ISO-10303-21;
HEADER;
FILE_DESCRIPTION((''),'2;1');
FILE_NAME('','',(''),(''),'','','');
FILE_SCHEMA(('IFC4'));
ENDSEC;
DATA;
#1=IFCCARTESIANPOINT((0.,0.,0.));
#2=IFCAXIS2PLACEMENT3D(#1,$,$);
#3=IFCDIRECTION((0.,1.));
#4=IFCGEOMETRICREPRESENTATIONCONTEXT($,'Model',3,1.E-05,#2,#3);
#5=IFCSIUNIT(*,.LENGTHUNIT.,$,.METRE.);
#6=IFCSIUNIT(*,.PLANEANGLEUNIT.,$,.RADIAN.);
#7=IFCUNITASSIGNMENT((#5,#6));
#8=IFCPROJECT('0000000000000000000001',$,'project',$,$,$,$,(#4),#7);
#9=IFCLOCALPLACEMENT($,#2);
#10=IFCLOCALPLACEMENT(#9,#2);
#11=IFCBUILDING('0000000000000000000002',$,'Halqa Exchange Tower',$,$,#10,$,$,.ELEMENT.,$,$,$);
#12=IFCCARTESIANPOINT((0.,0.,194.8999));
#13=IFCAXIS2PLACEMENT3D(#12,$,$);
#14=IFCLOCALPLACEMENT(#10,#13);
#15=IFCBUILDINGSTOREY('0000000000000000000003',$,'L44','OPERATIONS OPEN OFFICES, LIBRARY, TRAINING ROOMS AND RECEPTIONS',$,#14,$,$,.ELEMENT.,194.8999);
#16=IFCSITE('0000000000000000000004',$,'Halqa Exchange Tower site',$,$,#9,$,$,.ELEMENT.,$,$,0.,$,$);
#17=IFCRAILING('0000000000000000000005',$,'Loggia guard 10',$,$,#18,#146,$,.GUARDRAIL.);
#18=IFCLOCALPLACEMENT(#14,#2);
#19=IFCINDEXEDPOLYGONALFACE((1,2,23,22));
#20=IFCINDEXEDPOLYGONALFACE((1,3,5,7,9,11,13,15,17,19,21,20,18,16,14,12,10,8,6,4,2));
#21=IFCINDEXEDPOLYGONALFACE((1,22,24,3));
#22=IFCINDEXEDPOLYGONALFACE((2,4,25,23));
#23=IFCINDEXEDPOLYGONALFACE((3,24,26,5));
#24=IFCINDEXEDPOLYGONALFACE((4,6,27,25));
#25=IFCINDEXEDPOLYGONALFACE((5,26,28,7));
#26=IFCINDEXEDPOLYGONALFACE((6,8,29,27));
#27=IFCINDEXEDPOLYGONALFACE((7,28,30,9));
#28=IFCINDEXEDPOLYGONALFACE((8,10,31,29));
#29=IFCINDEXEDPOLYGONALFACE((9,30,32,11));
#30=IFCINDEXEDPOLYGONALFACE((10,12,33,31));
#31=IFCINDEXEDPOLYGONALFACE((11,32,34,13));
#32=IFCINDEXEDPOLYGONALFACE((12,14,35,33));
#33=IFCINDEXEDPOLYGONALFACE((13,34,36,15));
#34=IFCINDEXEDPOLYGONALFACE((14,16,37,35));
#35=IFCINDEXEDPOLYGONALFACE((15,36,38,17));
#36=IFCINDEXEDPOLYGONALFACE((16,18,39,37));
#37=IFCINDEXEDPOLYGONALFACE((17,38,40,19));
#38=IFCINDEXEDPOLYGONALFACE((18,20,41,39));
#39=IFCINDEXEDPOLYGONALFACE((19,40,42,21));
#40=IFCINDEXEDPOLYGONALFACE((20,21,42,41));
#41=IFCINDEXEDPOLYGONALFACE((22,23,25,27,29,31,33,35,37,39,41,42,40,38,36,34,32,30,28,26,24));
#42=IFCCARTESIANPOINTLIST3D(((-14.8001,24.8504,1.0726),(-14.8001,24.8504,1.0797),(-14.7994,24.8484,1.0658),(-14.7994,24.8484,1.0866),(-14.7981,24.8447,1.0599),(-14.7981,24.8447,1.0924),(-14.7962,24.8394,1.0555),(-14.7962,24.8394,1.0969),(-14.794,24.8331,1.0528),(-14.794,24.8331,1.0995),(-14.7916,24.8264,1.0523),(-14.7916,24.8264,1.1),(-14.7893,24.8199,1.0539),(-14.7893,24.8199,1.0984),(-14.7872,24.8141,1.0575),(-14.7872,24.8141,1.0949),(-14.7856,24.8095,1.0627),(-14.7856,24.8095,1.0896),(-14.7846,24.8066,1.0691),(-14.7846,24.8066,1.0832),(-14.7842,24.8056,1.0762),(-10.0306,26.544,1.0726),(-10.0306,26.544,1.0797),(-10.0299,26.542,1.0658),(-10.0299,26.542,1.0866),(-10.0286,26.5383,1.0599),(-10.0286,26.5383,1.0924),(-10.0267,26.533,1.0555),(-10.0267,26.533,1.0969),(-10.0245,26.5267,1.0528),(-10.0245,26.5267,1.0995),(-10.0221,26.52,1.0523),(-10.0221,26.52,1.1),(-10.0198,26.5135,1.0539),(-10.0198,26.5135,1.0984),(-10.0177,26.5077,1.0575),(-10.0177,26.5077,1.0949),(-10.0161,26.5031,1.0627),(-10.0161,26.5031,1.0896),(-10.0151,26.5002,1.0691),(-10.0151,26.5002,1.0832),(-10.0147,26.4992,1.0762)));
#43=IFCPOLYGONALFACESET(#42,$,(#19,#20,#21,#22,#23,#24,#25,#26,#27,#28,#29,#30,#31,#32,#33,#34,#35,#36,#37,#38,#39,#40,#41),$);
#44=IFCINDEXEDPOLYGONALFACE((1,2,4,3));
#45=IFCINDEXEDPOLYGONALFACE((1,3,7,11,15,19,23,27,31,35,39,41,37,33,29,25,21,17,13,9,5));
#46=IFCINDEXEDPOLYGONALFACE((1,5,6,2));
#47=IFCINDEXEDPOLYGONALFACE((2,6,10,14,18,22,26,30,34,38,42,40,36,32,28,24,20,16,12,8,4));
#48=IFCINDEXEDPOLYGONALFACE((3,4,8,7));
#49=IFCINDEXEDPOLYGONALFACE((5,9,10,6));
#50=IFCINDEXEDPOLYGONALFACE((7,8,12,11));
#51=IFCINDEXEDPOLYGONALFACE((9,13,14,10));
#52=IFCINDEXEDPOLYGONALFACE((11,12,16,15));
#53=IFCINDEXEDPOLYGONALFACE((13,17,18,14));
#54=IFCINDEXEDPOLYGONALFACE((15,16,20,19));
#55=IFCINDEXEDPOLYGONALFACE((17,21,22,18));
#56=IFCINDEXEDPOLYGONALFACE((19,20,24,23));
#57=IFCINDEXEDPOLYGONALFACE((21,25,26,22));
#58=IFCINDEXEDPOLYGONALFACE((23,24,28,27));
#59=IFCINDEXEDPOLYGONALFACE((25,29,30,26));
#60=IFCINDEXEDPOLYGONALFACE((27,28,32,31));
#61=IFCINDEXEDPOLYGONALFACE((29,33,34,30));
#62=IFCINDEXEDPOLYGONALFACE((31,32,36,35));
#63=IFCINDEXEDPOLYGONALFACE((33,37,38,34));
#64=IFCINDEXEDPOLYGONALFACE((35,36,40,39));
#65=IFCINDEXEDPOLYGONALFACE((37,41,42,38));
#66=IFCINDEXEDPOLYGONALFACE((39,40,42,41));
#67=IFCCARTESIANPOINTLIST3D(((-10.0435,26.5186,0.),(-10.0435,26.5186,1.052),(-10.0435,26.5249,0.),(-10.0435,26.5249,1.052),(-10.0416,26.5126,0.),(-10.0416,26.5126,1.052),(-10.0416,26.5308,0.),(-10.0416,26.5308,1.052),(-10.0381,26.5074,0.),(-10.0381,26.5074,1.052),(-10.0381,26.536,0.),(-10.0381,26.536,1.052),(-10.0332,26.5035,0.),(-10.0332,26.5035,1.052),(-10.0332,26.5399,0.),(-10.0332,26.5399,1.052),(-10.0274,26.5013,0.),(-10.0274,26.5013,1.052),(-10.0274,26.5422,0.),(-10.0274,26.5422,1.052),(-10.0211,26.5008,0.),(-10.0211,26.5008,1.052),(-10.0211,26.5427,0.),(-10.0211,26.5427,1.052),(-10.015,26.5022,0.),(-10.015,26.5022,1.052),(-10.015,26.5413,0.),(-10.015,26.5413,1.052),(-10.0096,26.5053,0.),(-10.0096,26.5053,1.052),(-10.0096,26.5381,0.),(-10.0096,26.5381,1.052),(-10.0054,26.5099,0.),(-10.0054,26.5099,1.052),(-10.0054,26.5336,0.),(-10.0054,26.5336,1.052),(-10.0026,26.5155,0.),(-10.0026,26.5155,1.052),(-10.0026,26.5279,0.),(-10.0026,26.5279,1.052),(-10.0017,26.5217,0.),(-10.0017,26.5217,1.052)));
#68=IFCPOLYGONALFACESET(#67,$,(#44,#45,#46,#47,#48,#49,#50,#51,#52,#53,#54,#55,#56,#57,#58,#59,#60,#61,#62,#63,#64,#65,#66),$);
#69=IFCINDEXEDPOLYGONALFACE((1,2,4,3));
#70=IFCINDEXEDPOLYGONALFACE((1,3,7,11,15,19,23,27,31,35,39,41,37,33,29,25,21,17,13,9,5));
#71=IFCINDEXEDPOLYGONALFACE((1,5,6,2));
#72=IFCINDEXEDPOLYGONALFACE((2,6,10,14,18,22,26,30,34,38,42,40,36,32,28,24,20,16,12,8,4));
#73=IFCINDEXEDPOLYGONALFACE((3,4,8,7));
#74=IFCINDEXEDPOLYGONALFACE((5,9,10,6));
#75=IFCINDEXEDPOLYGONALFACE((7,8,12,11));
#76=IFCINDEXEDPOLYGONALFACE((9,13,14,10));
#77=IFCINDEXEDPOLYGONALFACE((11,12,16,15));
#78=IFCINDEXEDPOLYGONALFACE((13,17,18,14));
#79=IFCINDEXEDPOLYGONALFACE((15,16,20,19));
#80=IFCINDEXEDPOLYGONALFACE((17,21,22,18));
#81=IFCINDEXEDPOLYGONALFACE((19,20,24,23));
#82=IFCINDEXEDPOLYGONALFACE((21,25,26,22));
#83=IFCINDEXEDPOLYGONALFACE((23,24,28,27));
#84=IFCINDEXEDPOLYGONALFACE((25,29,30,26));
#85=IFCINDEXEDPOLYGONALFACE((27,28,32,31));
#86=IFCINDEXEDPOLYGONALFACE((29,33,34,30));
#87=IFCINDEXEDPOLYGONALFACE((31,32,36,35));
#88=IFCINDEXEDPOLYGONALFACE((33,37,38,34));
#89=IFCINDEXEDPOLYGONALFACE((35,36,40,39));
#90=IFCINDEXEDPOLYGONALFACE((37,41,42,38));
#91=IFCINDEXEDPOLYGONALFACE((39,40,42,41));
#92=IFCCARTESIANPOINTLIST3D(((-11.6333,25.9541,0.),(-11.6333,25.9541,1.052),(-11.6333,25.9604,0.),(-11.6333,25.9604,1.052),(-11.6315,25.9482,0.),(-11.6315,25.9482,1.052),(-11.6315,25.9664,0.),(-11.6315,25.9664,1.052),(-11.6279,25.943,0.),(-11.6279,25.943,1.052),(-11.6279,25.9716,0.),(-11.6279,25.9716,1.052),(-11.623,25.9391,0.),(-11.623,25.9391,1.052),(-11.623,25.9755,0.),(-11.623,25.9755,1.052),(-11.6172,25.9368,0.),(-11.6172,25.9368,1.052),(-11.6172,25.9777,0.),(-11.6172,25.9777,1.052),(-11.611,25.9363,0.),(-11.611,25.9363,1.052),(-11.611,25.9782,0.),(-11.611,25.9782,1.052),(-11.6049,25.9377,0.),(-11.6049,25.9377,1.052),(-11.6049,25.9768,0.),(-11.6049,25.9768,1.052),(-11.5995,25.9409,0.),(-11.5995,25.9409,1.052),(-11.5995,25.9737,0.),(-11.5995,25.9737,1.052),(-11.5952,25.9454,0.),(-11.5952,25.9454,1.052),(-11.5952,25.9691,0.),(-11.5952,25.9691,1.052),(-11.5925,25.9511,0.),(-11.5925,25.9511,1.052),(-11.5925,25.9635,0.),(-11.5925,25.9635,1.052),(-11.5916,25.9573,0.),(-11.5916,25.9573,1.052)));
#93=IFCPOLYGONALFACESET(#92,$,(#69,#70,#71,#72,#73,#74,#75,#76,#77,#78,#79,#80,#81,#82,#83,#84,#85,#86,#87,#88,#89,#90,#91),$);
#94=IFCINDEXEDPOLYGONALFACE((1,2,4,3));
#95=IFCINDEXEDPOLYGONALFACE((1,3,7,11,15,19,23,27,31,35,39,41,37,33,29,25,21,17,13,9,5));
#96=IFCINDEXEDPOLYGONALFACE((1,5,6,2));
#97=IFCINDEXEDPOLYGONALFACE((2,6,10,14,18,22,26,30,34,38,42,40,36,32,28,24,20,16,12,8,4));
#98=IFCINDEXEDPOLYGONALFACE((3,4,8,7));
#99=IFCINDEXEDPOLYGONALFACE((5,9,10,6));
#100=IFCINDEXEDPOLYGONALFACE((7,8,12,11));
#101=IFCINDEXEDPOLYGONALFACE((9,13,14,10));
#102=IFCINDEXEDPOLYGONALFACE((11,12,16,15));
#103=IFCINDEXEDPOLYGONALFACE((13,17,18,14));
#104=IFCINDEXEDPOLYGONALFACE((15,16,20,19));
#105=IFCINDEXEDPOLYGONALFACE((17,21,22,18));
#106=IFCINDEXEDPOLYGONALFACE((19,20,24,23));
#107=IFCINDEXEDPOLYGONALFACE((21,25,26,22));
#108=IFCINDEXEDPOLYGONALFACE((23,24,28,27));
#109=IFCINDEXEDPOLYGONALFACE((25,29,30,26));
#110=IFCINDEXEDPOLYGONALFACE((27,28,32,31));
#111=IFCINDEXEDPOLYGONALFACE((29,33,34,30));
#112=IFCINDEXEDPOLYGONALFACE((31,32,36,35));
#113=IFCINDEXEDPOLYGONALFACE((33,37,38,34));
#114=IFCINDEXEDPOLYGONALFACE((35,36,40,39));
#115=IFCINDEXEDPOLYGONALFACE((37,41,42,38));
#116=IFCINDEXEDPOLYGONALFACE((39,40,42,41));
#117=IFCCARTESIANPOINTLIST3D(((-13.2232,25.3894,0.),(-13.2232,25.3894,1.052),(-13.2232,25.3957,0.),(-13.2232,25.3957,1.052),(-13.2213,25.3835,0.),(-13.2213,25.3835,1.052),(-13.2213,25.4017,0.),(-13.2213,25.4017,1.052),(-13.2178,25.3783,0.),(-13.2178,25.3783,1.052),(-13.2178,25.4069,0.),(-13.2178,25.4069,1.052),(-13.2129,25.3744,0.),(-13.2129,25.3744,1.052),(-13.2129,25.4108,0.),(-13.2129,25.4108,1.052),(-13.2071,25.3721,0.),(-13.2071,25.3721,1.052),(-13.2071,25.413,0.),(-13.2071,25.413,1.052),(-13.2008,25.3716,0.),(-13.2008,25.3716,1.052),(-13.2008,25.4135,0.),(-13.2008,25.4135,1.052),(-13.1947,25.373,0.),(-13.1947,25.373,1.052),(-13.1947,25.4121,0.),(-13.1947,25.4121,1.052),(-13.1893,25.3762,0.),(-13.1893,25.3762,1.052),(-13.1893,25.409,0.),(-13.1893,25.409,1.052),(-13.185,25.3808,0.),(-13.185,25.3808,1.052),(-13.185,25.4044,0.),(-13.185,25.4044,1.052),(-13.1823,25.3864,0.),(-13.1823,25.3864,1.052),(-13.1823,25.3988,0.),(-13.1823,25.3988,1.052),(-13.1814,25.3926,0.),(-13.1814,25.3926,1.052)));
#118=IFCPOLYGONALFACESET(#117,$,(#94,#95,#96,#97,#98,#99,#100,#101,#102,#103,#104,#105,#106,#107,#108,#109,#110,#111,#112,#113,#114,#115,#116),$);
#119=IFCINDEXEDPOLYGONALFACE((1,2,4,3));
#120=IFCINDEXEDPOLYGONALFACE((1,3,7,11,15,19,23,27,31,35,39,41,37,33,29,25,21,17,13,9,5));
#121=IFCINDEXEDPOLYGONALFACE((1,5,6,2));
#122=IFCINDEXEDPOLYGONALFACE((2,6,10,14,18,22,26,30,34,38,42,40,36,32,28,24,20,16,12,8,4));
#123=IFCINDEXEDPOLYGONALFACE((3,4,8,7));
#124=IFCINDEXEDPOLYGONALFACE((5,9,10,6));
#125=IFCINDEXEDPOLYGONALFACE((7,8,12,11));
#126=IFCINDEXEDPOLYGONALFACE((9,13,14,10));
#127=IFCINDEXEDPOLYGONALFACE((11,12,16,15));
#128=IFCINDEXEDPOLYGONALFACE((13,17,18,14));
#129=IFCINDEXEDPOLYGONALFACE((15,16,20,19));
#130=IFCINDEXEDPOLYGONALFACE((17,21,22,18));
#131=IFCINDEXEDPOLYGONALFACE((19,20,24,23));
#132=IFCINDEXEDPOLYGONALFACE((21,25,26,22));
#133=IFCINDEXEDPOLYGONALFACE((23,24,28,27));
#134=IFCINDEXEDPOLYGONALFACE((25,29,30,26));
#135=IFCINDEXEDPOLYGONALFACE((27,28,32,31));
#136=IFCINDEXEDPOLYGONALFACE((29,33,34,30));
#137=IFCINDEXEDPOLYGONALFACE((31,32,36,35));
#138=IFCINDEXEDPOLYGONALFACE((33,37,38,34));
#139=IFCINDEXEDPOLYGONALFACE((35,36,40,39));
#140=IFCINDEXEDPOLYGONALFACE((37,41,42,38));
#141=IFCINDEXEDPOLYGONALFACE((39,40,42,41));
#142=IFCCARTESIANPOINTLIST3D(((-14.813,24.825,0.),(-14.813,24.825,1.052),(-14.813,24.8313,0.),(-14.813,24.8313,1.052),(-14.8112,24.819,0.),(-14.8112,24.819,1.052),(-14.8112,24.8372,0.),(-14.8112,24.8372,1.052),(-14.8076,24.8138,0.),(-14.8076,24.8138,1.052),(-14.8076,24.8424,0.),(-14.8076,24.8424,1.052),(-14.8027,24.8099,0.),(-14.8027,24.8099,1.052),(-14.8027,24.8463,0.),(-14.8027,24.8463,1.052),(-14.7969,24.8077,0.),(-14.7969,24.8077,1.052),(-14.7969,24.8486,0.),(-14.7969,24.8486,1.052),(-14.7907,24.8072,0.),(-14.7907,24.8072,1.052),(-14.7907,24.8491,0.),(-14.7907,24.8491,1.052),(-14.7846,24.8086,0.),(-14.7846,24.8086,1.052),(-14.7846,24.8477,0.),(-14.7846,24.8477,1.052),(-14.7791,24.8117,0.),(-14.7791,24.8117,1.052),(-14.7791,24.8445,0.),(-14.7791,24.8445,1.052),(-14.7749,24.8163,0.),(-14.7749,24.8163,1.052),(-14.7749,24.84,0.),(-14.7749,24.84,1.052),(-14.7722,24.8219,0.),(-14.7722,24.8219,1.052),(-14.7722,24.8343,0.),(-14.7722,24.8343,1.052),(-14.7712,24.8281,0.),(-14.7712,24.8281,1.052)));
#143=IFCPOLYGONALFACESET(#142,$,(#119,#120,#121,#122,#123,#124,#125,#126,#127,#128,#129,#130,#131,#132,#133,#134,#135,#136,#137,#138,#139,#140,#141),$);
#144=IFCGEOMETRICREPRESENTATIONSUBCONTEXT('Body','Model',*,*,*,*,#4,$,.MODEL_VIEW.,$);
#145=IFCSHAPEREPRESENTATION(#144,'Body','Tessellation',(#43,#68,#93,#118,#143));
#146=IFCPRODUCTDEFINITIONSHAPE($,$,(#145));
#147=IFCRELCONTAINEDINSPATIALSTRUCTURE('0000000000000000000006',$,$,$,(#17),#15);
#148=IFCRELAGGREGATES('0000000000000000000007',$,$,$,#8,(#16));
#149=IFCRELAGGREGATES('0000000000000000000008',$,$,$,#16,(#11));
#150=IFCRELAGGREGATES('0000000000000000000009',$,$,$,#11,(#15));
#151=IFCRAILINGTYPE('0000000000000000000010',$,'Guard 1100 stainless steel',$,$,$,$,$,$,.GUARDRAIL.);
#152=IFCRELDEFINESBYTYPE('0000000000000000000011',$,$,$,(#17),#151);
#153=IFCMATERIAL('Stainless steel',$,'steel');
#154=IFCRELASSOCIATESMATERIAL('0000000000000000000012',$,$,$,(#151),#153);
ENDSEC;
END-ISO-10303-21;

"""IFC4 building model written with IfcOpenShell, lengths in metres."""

from ifc_helpers import new_model, si_unit, direction, frame, origin, origin_2d, place, context, subcontext, project, spatial, circle, extrude, material, type_object, element, save


model = new_model("IFC4")

# Units and contexts
model_context = context("Model", 3, precision=1e-05, world=origin(), true_north=direction((0.0, 1.0)))
body_context = subcontext(model_context, "Body", "Model", "MODEL_VIEW")
ifc_project = project(units=[si_unit("LENGTHUNIT", "METRE"), si_unit("PLANEANGLEUNIT", "RADIAN")], contexts=[model_context])

# Site, building, storey
site_placement = place(None, origin())
site = spatial("IfcSite", under=ifc_project, at=site_placement, Name="Halqa Exchange Tower site", CompositionType="ELEMENT", RefElevation=0.0)
building_placement = place(site_placement, origin())
building = spatial("IfcBuilding", under=site, at=building_placement, Name="Halqa Exchange Tower", CompositionType="ELEMENT")
storey_placement = place(building_placement, frame((0.0, 0.0, 194.8999)))
storey = spatial("IfcBuildingStorey", under=building, at=storey_placement, Name="L44", Description="OPERATIONS OPEN OFFICES, LIBRARY, TRAINING ROOMS AND RECEPTIONS", CompositionType="ELEMENT", Elevation=194.8999)

# Railing
ifc_material_1 = material(Name="Stainless steel", Category="steel")
railing_type_1 = type_object("IfcRailingType", Name="Guard 1100 stainless steel", PredefinedType="GUARDRAIL", material=ifc_material_1)
railing_1_placement = place(storey_placement, frame((-10.0227, 26.5217, 0.0)))
element("IfcRailing", 1, at=railing_1_placement, inside=storey, type_object=railing_type_1, Name="Loggia guard 10", PredefinedType="GUARDRAIL", context=body_context, shape_type="SweptSolid", body=[
    extrude(circle(Radius=0.0239, at=origin_2d()), frame((0.0, 0.0, 1.0762), z_axis=(-0.942354, -0.334619, 0.0), x_axis=(0.334619, -0.942354, 0.0)), (0.0, 0.0, 1.0), 5.0613),
    extrude(circle(Radius=0.021, at=origin_2d()), origin(), (0.0, 0.0, 1.0), 1.052),
    extrude(circle(Radius=0.021, at=origin_2d()), frame((-1.5898, -0.5645, 0.0)), (0.0, 0.0, 1.0), 1.052),
    extrude(circle(Radius=0.021, at=origin_2d()), frame((-3.1797, -1.1292, 0.0)), (0.0, 0.0, 1.0), 1.052),
    extrude(circle(Radius=0.021, at=origin_2d()), frame((-4.7695, -1.6936, 0.0)), (0.0, 0.0, 1.0), 1.052),
])

save(model, "model.ifc")
